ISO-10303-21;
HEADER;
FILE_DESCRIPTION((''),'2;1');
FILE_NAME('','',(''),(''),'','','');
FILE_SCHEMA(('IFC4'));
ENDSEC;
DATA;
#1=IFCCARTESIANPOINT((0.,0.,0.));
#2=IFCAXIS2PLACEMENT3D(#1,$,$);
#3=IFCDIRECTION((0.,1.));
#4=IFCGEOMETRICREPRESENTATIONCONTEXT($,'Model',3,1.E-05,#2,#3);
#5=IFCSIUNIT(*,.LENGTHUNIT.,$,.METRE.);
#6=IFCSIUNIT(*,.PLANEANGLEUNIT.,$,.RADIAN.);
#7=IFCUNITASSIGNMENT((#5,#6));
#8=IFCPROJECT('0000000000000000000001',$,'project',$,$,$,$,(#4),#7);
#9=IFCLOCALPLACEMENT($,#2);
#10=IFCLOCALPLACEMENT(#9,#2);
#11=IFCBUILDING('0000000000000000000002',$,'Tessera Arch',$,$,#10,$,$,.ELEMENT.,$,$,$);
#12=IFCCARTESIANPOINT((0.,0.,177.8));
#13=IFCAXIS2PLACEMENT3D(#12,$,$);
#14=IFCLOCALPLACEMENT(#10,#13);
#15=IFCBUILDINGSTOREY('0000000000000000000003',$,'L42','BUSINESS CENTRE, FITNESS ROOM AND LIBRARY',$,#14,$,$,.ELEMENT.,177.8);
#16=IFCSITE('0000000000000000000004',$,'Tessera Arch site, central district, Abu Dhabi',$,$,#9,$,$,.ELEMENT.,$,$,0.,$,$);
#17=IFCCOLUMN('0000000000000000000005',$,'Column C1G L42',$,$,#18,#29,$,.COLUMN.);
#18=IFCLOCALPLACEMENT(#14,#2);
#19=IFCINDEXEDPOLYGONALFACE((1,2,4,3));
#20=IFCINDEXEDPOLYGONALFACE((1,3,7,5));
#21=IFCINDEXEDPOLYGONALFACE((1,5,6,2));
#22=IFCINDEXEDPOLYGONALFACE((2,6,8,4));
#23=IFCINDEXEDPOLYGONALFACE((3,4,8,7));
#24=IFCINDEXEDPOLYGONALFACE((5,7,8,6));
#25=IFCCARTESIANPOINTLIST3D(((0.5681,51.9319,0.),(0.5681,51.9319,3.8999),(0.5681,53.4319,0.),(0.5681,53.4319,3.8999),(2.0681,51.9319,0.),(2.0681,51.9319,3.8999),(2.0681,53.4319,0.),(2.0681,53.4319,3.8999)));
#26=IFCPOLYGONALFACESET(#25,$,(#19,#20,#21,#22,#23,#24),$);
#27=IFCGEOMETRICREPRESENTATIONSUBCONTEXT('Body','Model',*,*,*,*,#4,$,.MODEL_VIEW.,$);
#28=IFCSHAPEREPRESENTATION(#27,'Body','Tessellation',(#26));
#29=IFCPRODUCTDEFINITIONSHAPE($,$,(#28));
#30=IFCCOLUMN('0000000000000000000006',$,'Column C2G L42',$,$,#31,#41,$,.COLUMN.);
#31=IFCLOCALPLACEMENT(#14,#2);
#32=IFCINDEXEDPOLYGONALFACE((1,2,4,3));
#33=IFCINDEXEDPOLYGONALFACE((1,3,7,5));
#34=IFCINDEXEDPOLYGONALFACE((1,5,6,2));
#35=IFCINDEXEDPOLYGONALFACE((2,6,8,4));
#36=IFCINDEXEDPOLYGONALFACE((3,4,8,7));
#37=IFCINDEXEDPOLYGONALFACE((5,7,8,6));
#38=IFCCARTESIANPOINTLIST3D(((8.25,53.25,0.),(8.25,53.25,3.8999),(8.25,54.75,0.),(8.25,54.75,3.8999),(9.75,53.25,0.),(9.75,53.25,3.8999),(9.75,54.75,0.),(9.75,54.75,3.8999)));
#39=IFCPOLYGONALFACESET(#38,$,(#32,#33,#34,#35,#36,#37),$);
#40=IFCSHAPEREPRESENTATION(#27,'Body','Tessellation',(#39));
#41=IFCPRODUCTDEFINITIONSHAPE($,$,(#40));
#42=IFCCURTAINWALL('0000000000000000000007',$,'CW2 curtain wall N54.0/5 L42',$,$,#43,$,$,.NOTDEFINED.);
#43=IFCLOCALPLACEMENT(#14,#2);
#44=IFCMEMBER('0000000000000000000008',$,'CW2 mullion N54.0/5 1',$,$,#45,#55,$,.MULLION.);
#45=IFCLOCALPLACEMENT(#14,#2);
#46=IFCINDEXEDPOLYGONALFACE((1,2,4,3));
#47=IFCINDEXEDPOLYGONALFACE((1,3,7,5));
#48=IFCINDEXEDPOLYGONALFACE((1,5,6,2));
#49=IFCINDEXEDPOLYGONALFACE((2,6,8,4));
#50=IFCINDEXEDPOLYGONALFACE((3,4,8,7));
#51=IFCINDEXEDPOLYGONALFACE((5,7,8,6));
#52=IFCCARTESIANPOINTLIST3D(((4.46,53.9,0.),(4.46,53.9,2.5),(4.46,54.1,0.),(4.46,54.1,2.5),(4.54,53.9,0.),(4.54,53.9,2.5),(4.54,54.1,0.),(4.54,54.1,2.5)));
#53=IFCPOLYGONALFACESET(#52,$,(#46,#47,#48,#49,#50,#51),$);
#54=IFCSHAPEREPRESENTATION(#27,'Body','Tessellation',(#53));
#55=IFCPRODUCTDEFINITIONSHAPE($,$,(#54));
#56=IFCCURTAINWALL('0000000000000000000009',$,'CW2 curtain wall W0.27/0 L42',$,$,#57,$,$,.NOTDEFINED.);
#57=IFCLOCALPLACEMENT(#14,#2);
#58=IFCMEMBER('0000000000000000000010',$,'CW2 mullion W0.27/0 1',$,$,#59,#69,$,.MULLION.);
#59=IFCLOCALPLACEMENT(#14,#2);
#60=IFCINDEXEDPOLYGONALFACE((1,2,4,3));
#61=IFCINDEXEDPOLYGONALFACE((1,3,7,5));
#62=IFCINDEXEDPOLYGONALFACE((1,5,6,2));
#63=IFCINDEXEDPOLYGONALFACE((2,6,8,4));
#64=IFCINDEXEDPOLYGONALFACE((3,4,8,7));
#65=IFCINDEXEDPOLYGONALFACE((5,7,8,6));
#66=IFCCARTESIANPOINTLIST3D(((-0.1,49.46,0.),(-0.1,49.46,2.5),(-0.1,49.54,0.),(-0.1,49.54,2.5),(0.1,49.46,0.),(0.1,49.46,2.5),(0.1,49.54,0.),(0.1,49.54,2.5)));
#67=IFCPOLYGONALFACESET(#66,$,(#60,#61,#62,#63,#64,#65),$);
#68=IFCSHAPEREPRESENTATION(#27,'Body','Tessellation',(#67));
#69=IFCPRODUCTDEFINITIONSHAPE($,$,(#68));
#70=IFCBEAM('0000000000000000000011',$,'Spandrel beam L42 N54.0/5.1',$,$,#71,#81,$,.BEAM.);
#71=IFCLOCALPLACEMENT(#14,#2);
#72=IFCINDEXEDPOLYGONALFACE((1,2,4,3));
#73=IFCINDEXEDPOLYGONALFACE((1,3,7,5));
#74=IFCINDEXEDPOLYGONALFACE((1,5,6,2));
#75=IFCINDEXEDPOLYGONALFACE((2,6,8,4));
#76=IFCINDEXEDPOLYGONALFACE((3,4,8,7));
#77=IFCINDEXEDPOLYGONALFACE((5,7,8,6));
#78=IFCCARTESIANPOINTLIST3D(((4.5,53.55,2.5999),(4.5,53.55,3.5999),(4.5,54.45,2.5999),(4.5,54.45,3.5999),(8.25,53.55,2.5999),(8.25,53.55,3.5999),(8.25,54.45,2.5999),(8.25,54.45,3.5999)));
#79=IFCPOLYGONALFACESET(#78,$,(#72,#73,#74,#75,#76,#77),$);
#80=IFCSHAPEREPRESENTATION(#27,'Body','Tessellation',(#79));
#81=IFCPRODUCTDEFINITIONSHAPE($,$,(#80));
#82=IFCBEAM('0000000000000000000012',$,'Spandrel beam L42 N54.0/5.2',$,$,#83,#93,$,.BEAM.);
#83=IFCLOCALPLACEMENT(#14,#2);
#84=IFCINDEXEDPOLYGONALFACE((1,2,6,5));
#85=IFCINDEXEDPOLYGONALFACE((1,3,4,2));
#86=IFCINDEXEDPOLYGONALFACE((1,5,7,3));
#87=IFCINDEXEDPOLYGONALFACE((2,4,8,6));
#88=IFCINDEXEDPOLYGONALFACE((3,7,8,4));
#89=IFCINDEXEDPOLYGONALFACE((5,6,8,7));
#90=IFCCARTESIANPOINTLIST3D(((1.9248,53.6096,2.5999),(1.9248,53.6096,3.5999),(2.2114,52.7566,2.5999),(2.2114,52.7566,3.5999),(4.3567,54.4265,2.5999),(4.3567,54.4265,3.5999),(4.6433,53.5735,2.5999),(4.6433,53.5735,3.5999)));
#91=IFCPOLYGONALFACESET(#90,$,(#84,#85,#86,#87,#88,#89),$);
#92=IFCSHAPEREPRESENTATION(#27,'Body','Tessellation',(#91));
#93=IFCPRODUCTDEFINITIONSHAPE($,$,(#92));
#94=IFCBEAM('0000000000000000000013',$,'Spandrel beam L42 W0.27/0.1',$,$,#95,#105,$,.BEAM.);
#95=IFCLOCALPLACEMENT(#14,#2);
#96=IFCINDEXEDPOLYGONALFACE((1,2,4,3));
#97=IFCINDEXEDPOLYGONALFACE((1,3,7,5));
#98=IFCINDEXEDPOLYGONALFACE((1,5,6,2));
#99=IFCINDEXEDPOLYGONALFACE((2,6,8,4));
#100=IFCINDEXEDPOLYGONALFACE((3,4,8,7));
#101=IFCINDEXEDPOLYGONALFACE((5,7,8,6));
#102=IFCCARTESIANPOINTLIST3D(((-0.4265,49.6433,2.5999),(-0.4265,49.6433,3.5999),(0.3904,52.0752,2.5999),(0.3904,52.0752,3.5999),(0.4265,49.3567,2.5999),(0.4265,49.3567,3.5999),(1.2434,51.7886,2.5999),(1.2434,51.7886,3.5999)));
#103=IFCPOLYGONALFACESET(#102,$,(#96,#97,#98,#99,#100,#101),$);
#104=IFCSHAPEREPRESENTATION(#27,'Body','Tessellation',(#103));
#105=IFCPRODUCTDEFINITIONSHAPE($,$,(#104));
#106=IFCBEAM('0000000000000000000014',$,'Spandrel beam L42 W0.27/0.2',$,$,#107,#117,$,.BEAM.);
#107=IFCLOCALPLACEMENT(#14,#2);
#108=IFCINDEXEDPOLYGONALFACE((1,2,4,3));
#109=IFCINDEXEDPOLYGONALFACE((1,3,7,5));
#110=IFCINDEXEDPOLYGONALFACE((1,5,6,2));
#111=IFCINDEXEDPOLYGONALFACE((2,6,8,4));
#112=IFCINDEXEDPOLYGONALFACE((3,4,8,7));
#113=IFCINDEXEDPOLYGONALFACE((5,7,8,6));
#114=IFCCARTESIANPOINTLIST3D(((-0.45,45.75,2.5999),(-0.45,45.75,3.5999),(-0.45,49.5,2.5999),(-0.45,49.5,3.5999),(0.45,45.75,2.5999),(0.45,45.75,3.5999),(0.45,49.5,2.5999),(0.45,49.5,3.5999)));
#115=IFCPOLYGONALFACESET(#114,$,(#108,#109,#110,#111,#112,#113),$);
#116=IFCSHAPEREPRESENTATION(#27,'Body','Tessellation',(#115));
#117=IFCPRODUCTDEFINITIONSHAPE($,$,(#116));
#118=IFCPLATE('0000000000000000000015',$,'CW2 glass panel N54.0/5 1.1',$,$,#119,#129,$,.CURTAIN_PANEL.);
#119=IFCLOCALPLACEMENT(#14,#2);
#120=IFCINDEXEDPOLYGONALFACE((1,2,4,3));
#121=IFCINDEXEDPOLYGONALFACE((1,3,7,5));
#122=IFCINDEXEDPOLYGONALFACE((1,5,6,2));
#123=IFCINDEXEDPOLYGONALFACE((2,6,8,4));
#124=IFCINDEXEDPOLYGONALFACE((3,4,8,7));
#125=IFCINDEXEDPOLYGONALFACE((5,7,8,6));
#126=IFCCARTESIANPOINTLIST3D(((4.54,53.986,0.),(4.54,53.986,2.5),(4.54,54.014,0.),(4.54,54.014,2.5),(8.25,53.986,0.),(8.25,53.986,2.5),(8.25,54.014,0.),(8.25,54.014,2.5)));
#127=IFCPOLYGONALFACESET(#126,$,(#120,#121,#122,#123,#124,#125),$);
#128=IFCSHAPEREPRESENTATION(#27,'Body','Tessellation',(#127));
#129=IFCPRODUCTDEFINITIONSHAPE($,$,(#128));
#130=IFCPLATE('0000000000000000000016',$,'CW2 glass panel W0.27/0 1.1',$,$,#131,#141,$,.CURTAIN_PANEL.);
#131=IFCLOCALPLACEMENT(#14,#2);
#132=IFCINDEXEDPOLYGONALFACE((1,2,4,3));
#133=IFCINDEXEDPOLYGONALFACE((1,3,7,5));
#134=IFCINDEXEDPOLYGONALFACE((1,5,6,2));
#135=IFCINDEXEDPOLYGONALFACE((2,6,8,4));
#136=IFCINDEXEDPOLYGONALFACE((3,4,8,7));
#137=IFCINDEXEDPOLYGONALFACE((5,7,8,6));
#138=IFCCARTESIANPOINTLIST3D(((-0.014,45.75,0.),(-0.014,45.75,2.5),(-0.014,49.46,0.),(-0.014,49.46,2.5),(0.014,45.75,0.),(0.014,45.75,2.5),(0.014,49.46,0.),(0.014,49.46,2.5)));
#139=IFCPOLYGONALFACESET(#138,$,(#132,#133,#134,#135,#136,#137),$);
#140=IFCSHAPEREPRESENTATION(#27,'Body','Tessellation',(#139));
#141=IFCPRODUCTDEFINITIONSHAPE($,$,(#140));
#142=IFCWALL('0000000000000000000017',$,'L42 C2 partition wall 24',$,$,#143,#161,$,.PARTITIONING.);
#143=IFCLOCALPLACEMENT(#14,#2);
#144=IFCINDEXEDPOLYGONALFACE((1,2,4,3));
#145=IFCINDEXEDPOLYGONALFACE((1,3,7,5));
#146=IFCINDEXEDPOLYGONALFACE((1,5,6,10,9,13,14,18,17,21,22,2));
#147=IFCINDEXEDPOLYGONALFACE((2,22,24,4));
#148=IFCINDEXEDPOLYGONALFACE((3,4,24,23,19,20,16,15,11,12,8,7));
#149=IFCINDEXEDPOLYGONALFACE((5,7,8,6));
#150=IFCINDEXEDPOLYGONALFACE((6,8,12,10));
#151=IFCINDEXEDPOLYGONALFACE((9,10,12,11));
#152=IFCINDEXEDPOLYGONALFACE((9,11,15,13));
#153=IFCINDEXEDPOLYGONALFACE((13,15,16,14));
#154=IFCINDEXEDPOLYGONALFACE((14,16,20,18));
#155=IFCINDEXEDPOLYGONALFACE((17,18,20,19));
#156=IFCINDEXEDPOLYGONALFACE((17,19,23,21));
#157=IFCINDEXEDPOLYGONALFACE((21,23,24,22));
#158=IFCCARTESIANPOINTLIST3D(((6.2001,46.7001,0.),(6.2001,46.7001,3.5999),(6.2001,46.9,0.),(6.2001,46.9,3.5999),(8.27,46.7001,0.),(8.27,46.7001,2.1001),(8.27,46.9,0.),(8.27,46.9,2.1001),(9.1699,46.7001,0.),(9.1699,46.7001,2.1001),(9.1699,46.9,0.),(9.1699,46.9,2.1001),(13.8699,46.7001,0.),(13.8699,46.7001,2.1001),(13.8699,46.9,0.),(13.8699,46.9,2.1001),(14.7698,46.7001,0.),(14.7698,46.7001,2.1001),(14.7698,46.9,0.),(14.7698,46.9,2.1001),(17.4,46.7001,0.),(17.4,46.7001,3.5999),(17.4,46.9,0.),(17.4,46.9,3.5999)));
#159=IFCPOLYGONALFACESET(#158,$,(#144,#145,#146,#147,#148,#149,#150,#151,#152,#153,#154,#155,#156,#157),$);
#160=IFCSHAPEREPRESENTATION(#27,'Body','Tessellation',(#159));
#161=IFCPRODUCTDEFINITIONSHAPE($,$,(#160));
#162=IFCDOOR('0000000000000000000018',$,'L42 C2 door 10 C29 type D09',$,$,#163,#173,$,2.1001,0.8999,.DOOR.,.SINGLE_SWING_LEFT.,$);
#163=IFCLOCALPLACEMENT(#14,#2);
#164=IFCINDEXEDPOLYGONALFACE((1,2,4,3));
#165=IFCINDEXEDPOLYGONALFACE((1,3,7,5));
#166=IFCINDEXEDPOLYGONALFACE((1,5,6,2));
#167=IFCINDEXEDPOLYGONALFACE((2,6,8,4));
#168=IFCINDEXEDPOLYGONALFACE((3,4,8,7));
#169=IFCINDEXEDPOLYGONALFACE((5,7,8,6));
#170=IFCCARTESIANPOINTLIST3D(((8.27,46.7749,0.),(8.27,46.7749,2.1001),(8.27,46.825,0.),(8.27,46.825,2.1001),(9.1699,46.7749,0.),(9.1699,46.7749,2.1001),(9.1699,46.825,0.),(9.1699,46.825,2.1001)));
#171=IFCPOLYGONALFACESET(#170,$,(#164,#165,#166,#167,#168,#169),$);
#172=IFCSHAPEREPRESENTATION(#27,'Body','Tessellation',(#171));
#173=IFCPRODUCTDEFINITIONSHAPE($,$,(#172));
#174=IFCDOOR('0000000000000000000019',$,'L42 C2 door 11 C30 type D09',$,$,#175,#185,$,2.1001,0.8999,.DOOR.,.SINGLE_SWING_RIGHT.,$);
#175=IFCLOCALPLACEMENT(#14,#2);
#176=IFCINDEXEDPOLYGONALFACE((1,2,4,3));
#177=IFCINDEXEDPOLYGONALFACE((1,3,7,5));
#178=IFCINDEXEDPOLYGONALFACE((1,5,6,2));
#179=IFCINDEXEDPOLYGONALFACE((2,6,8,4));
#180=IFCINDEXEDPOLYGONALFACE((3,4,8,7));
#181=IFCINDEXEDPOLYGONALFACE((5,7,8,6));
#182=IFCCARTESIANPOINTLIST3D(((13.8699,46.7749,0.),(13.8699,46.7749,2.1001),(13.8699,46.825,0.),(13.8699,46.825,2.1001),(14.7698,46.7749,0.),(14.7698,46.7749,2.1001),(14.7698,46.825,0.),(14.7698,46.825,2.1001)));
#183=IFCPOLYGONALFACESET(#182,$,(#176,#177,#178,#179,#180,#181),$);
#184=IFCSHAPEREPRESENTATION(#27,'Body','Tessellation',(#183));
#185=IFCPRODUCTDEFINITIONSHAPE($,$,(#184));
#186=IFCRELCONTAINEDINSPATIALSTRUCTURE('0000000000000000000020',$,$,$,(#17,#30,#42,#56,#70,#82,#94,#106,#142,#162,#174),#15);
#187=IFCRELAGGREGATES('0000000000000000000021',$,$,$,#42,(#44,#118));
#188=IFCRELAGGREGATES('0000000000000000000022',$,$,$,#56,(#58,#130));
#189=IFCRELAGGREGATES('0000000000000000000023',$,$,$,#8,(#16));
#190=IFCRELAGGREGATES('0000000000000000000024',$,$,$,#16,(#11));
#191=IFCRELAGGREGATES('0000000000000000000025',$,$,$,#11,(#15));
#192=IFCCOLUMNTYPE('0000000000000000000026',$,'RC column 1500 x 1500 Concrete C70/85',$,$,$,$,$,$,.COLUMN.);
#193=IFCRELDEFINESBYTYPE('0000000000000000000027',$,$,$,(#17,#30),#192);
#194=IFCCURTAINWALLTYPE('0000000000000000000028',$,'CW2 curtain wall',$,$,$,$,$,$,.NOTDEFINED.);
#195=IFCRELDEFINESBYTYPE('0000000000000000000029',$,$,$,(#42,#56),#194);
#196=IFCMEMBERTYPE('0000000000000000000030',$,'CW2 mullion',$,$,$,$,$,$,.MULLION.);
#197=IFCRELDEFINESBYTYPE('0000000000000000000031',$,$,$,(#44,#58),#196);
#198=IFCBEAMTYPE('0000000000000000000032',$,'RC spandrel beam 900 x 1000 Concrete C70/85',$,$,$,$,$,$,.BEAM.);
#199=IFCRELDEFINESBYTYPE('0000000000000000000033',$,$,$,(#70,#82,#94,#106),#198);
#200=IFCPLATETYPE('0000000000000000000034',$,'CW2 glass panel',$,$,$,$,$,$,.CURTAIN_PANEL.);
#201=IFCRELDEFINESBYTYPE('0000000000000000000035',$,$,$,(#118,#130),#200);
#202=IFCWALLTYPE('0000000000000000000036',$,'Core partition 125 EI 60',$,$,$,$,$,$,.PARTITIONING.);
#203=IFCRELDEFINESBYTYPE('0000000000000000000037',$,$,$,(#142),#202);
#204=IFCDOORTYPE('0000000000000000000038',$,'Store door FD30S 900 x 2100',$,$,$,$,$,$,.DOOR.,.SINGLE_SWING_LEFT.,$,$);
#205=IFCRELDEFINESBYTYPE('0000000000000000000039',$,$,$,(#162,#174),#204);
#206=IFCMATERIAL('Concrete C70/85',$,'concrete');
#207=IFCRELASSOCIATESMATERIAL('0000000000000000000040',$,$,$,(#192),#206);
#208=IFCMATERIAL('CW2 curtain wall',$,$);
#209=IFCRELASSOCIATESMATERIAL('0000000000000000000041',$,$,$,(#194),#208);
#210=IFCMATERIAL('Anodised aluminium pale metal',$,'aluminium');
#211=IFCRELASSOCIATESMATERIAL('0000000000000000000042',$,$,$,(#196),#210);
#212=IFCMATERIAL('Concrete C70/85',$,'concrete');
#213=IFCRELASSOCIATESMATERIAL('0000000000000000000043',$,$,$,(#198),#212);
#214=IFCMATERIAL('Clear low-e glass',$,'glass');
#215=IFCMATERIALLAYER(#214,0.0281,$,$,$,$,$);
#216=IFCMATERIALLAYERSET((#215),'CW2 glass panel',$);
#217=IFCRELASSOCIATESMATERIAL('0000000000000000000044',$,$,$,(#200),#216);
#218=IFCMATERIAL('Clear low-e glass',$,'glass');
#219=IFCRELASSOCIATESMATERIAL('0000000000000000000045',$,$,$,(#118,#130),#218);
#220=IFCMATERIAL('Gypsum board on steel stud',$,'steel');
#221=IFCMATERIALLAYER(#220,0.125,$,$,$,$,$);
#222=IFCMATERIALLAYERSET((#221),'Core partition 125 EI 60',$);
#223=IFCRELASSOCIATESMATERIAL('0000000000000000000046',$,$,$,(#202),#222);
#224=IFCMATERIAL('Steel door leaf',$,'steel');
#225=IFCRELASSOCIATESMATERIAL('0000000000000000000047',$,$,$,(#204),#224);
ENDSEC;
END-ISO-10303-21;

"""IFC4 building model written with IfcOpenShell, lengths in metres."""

from ifc_helpers import new_model, si_unit, direction, frame, frame_2d, origin, origin_2d, place, context, subcontext, project, spatial, rectangle, extrude, material, layer, layer_set, material_profile, profile_set, type_object, element, fill, aggregate, save


model = new_model("IFC4")

# Units and contexts
model_context = context("Model", 3, precision=1e-05, world=origin(), true_north=direction((0.0, 1.0)))
body_context = subcontext(model_context, "Body", "Model", "MODEL_VIEW")
ifc_project = project(units=[si_unit("LENGTHUNIT", "METRE"), si_unit("PLANEANGLEUNIT", "RADIAN")], contexts=[model_context])

# Site, building, storey
site_placement = place(None, origin())
site = spatial("IfcSite", under=ifc_project, at=site_placement, Name="Tessera Arch site, central district, Abu Dhabi", CompositionType="ELEMENT", RefElevation=0.0)
building_placement = place(site_placement, origin())
building = spatial("IfcBuilding", under=site, at=building_placement, Name="Tessera Arch", CompositionType="ELEMENT")
storey_placement = place(building_placement, frame((0.0, 0.0, 177.8)))
storey = spatial("IfcBuildingStorey", under=building, at=storey_placement, Name="L42", Description="BUSINESS CENTRE, FITNESS ROOM AND LIBRARY", CompositionType="ELEMENT", Elevation=177.8)

# Columns
ifc_material_1 = material(Name="Concrete C70/85", Category="concrete")
ifc_material_profile_1 = material_profile(ifc_material_1, rectangle(XDim=1.5, YDim=1.5, at=origin_2d()), Name="RC column 1500 x 1500 Concrete C70/85")
ifc_profile_set_1 = profile_set([ifc_material_profile_1], Name="Concrete C70/85")
column_type = type_object("IfcColumnType", Name="RC column 1500 x 1500 Concrete C70/85", PredefinedType="COLUMN", material=ifc_profile_set_1)
for number, where, z_axis, x_axis, name in (
    (1, (1.3181, 52.6819, 0.0), (0.0, 0.0, 1.0), (1.0, 0.0, 0.0), "Column C1G L42"),
    (2, (9.0, 54.0, 0.0), (0.0, 0.0, 1.0), (1.0, 0.0, 0.0), "Column C2G L42"),
):
    element("IfcColumn", number, at=place(storey_placement, frame(where, z_axis=z_axis, x_axis=x_axis)), inside=storey, type_object=column_type, Name=name, PredefinedType="COLUMN", context=body_context, shape_type="SweptSolid", body=[
        extrude(rectangle(XDim=1.5, YDim=1.5, at=origin_2d()), origin(), (0.0, 0.0, 1.0), 3.8999),
    ])

# Curtain walls, members
ifc_material_2 = material(Name="CW2 curtain wall")
curtain_wall_type = type_object("IfcCurtainWallType", Name="CW2 curtain wall", PredefinedType="NOTDEFINED", material=ifc_material_2)
curtain_wall_1_placement = place(storey_placement, origin())
curtain_wall_1 = element("IfcCurtainWall", 3, at=curtain_wall_1_placement, inside=storey, type_object=curtain_wall_type, Name="CW2 curtain wall N54.0/5 L42", PredefinedType="NOTDEFINED")
ifc_material_3 = material(Name="Anodised aluminium pale metal", Category="aluminium")
ifc_material_profile_2 = material_profile(ifc_material_3, rectangle(XDim=0.2, YDim=0.0801, at=origin_2d()), Name="AL 80x200")
ifc_profile_set_2 = profile_set([ifc_material_profile_2], Name="Anodised aluminium pale metal")
member_type = type_object("IfcMemberType", Name="CW2 mullion", PredefinedType="MULLION", material=ifc_profile_set_2)
member_1_placement = place(storey_placement, frame((4.5, 54.0, 0.0), z_axis=(0.0, 0.0, 1.0), x_axis=(0.0, -1.0, 0.0)))
member_1 = element("IfcMember", 4, at=member_1_placement, type_object=member_type, Name="CW2 mullion N54.0/5 1", PredefinedType="MULLION", context=body_context, shape_type="SweptSolid", body=[
    extrude(rectangle(XDim=0.2, YDim=0.0801, at=origin_2d()), origin(), (0.0, 0.0, 1.0), 2.5),
])
curtain_wall_2_placement = place(storey_placement, origin())
curtain_wall_2 = element("IfcCurtainWall", 5, at=curtain_wall_2_placement, inside=storey, type_object=curtain_wall_type, Name="CW2 curtain wall W0.27/0 L42", PredefinedType="NOTDEFINED")
member_2_placement = place(storey_placement, frame((0.0, 49.5, 0.0), z_axis=(0.0, 0.0, 1.0), x_axis=(1.0, 0.0, 0.0)))
member_2 = element("IfcMember", 6, at=member_2_placement, type_object=member_type, Name="CW2 mullion W0.27/0 1", PredefinedType="MULLION", context=body_context, shape_type="SweptSolid", body=[
    extrude(rectangle(XDim=0.2, YDim=0.0801, at=origin_2d()), origin(), (0.0, 0.0, 1.0), 2.5),
])

# Beams
ifc_material_4 = material(Name="Concrete C70/85", Category="concrete")
ifc_material_profile_3 = material_profile(ifc_material_4, rectangle(XDim=0.8999, YDim=1.0, at=origin_2d()), Name="RC spandrel beam 900 x 1000 Concrete C70/85")
ifc_profile_set_3 = profile_set([ifc_material_profile_3], Name="Concrete C70/85")
beam_type = type_object("IfcBeamType", Name="RC spandrel beam 900 x 1000 Concrete C70/85", PredefinedType="BEAM", material=ifc_profile_set_3)
beam_1_placement = place(storey_placement, frame((8.25, 54.0, 3.0999), z_axis=(-1.0, 0.0, 0.0), x_axis=(0.0, -1.0, 0.0)))
element("IfcBeam", 7, at=beam_1_placement, inside=storey, type_object=beam_type, Name="Spandrel beam L42 N54.0/5.1", PredefinedType="BEAM", context=body_context, shape_type="SweptSolid", body=[
    extrude(rectangle(XDim=0.8999, YDim=1.0, at=origin_2d()), origin(), (0.0, 0.0, 1.0), 3.75),
])
for number, where, z_axis, x_axis, name in (
    (8, (4.5, 54.0, 3.0999), (-0.947948, -0.318425, 0.0), (0.318425, -0.947948, 0.0), "Spandrel beam L42 N54.0/5.2"),
    (9, (0.8169, 51.9319, 3.0999), (-0.318425, -0.947948, 0.0), (0.947948, -0.318425, 0.0), "Spandrel beam L42 W0.27/0.1"),
):
    element("IfcBeam", number, at=place(storey_placement, frame(where, z_axis=z_axis, x_axis=x_axis)), inside=storey, type_object=beam_type, Name=name, PredefinedType="BEAM", context=body_context, shape_type="SweptSolid", body=[
        extrude(rectangle(XDim=0.8999, YDim=1.0, at=origin_2d()), origin(), (0.0, 0.0, 1.0), 2.5654),
    ])
beam_2_placement = place(storey_placement, frame((0.0, 49.5, 3.0999), z_axis=(0.0, -1.0, 0.0), x_axis=(1.0, 0.0, 0.0)))
element("IfcBeam", 10, at=beam_2_placement, inside=storey, type_object=beam_type, Name="Spandrel beam L42 W0.27/0.2", PredefinedType="BEAM", context=body_context, shape_type="SweptSolid", body=[
    extrude(rectangle(XDim=0.8999, YDim=1.0, at=origin_2d()), origin(), (0.0, 0.0, 1.0), 3.75),
])

# Plates
ifc_material_5 = material(Name="Clear low-e glass", Category="glass")
ifc_material_6 = material(Name="Clear low-e glass", Category="glass")
ifc_layer_1 = layer(ifc_material_6, 0.0281)
ifc_layer_set_1 = layer_set([ifc_layer_1], Name="CW2 glass panel")
plate_type = type_object("IfcPlateType", Name="CW2 glass panel", PredefinedType="CURTAIN_PANEL", material=ifc_layer_set_1)
plate_1_placement = place(storey_placement, frame((6.395, 54.0, 0.0), z_axis=(0.0, 0.0, 1.0), x_axis=(-1.0, 0.0, 0.0)))
plate_1 = element("IfcPlate", 11, at=plate_1_placement, type_object=plate_type, material=ifc_material_5, Name="CW2 glass panel N54.0/5 1.1", PredefinedType="CURTAIN_PANEL", context=body_context, shape_type="SweptSolid", body=[
    extrude(rectangle(XDim=3.71, YDim=0.0281, at=origin_2d()), origin(), (0.0, 0.0, 1.0), 2.5),
])
aggregate(curtain_wall_1, [member_1, plate_1])
plate_2_placement = place(storey_placement, frame((0.0, 47.605, 0.0), z_axis=(0.0, 0.0, 1.0), x_axis=(0.0, -1.0, 0.0)))
plate_2 = element("IfcPlate", 12, at=plate_2_placement, type_object=plate_type, material=ifc_material_5, Name="CW2 glass panel W0.27/0 1.1", PredefinedType="CURTAIN_PANEL", context=body_context, shape_type="SweptSolid", body=[
    extrude(rectangle(XDim=3.71, YDim=0.0281, at=origin_2d()), origin(), (0.0, 0.0, 1.0), 2.5),
])
aggregate(curtain_wall_2, [member_2, plate_2])

# Wall, openings, doors
ifc_material_7 = material(Name="Gypsum board on steel stud", Category="steel")
ifc_layer_2 = layer(ifc_material_7, 0.125)
ifc_layer_set_2 = layer_set([ifc_layer_2], Name="Core partition 125 EI 60")
wall_type_1 = type_object("IfcWallType", Name="Core partition 125 EI 60", PredefinedType="PARTITIONING", material=ifc_layer_set_2)
wall_1_placement = place(storey_placement, frame((6.2, 46.8, 0.0), z_axis=(0.0, 0.0, 1.0), x_axis=(1.0, 0.0, 0.0)))
wall_1 = element("IfcWall", 13, at=wall_1_placement, inside=storey, type_object=wall_type_1, Name="L42 C2 partition wall 24", PredefinedType="PARTITIONING", context=body_context, shape_type="SweptSolid", body=[
    extrude(rectangle(XDim=11.2, YDim=0.2, at=frame_2d((5.6001, 0.0))), origin(), (0.0, 0.0, 1.0), 3.5999),
])
opening_1_placement = place(wall_1_placement, frame((2.0701, 0.0, 0.0)))
opening_1 = element("IfcOpeningElement", 14, at=opening_1_placement, cuts=wall_1, PredefinedType="OPENING", context=body_context, shape_type="SweptSolid", body=[
    extrude(rectangle(XDim=0.8999, YDim=2.1001, at=frame_2d((0.45, 1.05))), frame((0.0, 0.1099, 0.0), z_axis=(0.0, -1.0, 0.0), x_axis=(1.0, 0.0, 0.0)), (0.0, 0.0, 1.0), 0.22),
])
opening_2_placement = place(wall_1_placement, frame((7.6699, 0.0, 0.0)))
opening_2 = element("IfcOpeningElement", 15, at=opening_2_placement, cuts=wall_1, PredefinedType="OPENING", context=body_context, shape_type="SweptSolid", body=[
    extrude(rectangle(XDim=0.8999, YDim=2.1001, at=frame_2d((0.45, 1.05))), frame((0.0, 0.1099, 0.0), z_axis=(0.0, -1.0, 0.0), x_axis=(1.0, 0.0, 0.0)), (0.0, 0.0, 1.0), 0.22),
])
ifc_material_8 = material(Name="Steel door leaf", Category="steel")
door_type_1 = type_object("IfcDoorType", Name="Store door FD30S 900 x 2100", OperationType="SINGLE_SWING_LEFT", PredefinedType="DOOR", material=ifc_material_8)
door_1_placement = place(opening_1_placement, origin())
door_1 = element("IfcDoor", 16, at=door_1_placement, inside=storey, type_object=door_type_1, Name="L42 C2 door 10 C29 type D09", OperationType="SINGLE_SWING_LEFT", OverallHeight=2.1001, OverallWidth=0.8999, PredefinedType="DOOR", context=body_context, shape_type="SweptSolid", body=[
    extrude(rectangle(XDim=0.8999, YDim=2.1001, at=frame_2d((0.45, 1.05))), frame((0.0, 0.0249, 0.0), z_axis=(0.0, -1.0, 0.0), x_axis=(1.0, 0.0, 0.0)), (0.0, 0.0, 1.0), 0.05),
])
fill(opening_1, door_1)
door_2_placement = place(opening_2_placement, origin())
door_2 = element("IfcDoor", 17, at=door_2_placement, inside=storey, type_object=door_type_1, Name="L42 C2 door 11 C30 type D09", OperationType="SINGLE_SWING_RIGHT", OverallHeight=2.1001, OverallWidth=0.8999, PredefinedType="DOOR", context=body_context, shape_type="SweptSolid", body=[
    extrude(rectangle(XDim=0.8999, YDim=2.1001, at=frame_2d((0.45, 1.05))), frame((0.0, 0.0249, 0.0), z_axis=(0.0, -1.0, 0.0), x_axis=(1.0, 0.0, 0.0)), (0.0, 0.0, 1.0), 0.05),
])
fill(opening_2, door_2)

save(model, "model.ifc")
